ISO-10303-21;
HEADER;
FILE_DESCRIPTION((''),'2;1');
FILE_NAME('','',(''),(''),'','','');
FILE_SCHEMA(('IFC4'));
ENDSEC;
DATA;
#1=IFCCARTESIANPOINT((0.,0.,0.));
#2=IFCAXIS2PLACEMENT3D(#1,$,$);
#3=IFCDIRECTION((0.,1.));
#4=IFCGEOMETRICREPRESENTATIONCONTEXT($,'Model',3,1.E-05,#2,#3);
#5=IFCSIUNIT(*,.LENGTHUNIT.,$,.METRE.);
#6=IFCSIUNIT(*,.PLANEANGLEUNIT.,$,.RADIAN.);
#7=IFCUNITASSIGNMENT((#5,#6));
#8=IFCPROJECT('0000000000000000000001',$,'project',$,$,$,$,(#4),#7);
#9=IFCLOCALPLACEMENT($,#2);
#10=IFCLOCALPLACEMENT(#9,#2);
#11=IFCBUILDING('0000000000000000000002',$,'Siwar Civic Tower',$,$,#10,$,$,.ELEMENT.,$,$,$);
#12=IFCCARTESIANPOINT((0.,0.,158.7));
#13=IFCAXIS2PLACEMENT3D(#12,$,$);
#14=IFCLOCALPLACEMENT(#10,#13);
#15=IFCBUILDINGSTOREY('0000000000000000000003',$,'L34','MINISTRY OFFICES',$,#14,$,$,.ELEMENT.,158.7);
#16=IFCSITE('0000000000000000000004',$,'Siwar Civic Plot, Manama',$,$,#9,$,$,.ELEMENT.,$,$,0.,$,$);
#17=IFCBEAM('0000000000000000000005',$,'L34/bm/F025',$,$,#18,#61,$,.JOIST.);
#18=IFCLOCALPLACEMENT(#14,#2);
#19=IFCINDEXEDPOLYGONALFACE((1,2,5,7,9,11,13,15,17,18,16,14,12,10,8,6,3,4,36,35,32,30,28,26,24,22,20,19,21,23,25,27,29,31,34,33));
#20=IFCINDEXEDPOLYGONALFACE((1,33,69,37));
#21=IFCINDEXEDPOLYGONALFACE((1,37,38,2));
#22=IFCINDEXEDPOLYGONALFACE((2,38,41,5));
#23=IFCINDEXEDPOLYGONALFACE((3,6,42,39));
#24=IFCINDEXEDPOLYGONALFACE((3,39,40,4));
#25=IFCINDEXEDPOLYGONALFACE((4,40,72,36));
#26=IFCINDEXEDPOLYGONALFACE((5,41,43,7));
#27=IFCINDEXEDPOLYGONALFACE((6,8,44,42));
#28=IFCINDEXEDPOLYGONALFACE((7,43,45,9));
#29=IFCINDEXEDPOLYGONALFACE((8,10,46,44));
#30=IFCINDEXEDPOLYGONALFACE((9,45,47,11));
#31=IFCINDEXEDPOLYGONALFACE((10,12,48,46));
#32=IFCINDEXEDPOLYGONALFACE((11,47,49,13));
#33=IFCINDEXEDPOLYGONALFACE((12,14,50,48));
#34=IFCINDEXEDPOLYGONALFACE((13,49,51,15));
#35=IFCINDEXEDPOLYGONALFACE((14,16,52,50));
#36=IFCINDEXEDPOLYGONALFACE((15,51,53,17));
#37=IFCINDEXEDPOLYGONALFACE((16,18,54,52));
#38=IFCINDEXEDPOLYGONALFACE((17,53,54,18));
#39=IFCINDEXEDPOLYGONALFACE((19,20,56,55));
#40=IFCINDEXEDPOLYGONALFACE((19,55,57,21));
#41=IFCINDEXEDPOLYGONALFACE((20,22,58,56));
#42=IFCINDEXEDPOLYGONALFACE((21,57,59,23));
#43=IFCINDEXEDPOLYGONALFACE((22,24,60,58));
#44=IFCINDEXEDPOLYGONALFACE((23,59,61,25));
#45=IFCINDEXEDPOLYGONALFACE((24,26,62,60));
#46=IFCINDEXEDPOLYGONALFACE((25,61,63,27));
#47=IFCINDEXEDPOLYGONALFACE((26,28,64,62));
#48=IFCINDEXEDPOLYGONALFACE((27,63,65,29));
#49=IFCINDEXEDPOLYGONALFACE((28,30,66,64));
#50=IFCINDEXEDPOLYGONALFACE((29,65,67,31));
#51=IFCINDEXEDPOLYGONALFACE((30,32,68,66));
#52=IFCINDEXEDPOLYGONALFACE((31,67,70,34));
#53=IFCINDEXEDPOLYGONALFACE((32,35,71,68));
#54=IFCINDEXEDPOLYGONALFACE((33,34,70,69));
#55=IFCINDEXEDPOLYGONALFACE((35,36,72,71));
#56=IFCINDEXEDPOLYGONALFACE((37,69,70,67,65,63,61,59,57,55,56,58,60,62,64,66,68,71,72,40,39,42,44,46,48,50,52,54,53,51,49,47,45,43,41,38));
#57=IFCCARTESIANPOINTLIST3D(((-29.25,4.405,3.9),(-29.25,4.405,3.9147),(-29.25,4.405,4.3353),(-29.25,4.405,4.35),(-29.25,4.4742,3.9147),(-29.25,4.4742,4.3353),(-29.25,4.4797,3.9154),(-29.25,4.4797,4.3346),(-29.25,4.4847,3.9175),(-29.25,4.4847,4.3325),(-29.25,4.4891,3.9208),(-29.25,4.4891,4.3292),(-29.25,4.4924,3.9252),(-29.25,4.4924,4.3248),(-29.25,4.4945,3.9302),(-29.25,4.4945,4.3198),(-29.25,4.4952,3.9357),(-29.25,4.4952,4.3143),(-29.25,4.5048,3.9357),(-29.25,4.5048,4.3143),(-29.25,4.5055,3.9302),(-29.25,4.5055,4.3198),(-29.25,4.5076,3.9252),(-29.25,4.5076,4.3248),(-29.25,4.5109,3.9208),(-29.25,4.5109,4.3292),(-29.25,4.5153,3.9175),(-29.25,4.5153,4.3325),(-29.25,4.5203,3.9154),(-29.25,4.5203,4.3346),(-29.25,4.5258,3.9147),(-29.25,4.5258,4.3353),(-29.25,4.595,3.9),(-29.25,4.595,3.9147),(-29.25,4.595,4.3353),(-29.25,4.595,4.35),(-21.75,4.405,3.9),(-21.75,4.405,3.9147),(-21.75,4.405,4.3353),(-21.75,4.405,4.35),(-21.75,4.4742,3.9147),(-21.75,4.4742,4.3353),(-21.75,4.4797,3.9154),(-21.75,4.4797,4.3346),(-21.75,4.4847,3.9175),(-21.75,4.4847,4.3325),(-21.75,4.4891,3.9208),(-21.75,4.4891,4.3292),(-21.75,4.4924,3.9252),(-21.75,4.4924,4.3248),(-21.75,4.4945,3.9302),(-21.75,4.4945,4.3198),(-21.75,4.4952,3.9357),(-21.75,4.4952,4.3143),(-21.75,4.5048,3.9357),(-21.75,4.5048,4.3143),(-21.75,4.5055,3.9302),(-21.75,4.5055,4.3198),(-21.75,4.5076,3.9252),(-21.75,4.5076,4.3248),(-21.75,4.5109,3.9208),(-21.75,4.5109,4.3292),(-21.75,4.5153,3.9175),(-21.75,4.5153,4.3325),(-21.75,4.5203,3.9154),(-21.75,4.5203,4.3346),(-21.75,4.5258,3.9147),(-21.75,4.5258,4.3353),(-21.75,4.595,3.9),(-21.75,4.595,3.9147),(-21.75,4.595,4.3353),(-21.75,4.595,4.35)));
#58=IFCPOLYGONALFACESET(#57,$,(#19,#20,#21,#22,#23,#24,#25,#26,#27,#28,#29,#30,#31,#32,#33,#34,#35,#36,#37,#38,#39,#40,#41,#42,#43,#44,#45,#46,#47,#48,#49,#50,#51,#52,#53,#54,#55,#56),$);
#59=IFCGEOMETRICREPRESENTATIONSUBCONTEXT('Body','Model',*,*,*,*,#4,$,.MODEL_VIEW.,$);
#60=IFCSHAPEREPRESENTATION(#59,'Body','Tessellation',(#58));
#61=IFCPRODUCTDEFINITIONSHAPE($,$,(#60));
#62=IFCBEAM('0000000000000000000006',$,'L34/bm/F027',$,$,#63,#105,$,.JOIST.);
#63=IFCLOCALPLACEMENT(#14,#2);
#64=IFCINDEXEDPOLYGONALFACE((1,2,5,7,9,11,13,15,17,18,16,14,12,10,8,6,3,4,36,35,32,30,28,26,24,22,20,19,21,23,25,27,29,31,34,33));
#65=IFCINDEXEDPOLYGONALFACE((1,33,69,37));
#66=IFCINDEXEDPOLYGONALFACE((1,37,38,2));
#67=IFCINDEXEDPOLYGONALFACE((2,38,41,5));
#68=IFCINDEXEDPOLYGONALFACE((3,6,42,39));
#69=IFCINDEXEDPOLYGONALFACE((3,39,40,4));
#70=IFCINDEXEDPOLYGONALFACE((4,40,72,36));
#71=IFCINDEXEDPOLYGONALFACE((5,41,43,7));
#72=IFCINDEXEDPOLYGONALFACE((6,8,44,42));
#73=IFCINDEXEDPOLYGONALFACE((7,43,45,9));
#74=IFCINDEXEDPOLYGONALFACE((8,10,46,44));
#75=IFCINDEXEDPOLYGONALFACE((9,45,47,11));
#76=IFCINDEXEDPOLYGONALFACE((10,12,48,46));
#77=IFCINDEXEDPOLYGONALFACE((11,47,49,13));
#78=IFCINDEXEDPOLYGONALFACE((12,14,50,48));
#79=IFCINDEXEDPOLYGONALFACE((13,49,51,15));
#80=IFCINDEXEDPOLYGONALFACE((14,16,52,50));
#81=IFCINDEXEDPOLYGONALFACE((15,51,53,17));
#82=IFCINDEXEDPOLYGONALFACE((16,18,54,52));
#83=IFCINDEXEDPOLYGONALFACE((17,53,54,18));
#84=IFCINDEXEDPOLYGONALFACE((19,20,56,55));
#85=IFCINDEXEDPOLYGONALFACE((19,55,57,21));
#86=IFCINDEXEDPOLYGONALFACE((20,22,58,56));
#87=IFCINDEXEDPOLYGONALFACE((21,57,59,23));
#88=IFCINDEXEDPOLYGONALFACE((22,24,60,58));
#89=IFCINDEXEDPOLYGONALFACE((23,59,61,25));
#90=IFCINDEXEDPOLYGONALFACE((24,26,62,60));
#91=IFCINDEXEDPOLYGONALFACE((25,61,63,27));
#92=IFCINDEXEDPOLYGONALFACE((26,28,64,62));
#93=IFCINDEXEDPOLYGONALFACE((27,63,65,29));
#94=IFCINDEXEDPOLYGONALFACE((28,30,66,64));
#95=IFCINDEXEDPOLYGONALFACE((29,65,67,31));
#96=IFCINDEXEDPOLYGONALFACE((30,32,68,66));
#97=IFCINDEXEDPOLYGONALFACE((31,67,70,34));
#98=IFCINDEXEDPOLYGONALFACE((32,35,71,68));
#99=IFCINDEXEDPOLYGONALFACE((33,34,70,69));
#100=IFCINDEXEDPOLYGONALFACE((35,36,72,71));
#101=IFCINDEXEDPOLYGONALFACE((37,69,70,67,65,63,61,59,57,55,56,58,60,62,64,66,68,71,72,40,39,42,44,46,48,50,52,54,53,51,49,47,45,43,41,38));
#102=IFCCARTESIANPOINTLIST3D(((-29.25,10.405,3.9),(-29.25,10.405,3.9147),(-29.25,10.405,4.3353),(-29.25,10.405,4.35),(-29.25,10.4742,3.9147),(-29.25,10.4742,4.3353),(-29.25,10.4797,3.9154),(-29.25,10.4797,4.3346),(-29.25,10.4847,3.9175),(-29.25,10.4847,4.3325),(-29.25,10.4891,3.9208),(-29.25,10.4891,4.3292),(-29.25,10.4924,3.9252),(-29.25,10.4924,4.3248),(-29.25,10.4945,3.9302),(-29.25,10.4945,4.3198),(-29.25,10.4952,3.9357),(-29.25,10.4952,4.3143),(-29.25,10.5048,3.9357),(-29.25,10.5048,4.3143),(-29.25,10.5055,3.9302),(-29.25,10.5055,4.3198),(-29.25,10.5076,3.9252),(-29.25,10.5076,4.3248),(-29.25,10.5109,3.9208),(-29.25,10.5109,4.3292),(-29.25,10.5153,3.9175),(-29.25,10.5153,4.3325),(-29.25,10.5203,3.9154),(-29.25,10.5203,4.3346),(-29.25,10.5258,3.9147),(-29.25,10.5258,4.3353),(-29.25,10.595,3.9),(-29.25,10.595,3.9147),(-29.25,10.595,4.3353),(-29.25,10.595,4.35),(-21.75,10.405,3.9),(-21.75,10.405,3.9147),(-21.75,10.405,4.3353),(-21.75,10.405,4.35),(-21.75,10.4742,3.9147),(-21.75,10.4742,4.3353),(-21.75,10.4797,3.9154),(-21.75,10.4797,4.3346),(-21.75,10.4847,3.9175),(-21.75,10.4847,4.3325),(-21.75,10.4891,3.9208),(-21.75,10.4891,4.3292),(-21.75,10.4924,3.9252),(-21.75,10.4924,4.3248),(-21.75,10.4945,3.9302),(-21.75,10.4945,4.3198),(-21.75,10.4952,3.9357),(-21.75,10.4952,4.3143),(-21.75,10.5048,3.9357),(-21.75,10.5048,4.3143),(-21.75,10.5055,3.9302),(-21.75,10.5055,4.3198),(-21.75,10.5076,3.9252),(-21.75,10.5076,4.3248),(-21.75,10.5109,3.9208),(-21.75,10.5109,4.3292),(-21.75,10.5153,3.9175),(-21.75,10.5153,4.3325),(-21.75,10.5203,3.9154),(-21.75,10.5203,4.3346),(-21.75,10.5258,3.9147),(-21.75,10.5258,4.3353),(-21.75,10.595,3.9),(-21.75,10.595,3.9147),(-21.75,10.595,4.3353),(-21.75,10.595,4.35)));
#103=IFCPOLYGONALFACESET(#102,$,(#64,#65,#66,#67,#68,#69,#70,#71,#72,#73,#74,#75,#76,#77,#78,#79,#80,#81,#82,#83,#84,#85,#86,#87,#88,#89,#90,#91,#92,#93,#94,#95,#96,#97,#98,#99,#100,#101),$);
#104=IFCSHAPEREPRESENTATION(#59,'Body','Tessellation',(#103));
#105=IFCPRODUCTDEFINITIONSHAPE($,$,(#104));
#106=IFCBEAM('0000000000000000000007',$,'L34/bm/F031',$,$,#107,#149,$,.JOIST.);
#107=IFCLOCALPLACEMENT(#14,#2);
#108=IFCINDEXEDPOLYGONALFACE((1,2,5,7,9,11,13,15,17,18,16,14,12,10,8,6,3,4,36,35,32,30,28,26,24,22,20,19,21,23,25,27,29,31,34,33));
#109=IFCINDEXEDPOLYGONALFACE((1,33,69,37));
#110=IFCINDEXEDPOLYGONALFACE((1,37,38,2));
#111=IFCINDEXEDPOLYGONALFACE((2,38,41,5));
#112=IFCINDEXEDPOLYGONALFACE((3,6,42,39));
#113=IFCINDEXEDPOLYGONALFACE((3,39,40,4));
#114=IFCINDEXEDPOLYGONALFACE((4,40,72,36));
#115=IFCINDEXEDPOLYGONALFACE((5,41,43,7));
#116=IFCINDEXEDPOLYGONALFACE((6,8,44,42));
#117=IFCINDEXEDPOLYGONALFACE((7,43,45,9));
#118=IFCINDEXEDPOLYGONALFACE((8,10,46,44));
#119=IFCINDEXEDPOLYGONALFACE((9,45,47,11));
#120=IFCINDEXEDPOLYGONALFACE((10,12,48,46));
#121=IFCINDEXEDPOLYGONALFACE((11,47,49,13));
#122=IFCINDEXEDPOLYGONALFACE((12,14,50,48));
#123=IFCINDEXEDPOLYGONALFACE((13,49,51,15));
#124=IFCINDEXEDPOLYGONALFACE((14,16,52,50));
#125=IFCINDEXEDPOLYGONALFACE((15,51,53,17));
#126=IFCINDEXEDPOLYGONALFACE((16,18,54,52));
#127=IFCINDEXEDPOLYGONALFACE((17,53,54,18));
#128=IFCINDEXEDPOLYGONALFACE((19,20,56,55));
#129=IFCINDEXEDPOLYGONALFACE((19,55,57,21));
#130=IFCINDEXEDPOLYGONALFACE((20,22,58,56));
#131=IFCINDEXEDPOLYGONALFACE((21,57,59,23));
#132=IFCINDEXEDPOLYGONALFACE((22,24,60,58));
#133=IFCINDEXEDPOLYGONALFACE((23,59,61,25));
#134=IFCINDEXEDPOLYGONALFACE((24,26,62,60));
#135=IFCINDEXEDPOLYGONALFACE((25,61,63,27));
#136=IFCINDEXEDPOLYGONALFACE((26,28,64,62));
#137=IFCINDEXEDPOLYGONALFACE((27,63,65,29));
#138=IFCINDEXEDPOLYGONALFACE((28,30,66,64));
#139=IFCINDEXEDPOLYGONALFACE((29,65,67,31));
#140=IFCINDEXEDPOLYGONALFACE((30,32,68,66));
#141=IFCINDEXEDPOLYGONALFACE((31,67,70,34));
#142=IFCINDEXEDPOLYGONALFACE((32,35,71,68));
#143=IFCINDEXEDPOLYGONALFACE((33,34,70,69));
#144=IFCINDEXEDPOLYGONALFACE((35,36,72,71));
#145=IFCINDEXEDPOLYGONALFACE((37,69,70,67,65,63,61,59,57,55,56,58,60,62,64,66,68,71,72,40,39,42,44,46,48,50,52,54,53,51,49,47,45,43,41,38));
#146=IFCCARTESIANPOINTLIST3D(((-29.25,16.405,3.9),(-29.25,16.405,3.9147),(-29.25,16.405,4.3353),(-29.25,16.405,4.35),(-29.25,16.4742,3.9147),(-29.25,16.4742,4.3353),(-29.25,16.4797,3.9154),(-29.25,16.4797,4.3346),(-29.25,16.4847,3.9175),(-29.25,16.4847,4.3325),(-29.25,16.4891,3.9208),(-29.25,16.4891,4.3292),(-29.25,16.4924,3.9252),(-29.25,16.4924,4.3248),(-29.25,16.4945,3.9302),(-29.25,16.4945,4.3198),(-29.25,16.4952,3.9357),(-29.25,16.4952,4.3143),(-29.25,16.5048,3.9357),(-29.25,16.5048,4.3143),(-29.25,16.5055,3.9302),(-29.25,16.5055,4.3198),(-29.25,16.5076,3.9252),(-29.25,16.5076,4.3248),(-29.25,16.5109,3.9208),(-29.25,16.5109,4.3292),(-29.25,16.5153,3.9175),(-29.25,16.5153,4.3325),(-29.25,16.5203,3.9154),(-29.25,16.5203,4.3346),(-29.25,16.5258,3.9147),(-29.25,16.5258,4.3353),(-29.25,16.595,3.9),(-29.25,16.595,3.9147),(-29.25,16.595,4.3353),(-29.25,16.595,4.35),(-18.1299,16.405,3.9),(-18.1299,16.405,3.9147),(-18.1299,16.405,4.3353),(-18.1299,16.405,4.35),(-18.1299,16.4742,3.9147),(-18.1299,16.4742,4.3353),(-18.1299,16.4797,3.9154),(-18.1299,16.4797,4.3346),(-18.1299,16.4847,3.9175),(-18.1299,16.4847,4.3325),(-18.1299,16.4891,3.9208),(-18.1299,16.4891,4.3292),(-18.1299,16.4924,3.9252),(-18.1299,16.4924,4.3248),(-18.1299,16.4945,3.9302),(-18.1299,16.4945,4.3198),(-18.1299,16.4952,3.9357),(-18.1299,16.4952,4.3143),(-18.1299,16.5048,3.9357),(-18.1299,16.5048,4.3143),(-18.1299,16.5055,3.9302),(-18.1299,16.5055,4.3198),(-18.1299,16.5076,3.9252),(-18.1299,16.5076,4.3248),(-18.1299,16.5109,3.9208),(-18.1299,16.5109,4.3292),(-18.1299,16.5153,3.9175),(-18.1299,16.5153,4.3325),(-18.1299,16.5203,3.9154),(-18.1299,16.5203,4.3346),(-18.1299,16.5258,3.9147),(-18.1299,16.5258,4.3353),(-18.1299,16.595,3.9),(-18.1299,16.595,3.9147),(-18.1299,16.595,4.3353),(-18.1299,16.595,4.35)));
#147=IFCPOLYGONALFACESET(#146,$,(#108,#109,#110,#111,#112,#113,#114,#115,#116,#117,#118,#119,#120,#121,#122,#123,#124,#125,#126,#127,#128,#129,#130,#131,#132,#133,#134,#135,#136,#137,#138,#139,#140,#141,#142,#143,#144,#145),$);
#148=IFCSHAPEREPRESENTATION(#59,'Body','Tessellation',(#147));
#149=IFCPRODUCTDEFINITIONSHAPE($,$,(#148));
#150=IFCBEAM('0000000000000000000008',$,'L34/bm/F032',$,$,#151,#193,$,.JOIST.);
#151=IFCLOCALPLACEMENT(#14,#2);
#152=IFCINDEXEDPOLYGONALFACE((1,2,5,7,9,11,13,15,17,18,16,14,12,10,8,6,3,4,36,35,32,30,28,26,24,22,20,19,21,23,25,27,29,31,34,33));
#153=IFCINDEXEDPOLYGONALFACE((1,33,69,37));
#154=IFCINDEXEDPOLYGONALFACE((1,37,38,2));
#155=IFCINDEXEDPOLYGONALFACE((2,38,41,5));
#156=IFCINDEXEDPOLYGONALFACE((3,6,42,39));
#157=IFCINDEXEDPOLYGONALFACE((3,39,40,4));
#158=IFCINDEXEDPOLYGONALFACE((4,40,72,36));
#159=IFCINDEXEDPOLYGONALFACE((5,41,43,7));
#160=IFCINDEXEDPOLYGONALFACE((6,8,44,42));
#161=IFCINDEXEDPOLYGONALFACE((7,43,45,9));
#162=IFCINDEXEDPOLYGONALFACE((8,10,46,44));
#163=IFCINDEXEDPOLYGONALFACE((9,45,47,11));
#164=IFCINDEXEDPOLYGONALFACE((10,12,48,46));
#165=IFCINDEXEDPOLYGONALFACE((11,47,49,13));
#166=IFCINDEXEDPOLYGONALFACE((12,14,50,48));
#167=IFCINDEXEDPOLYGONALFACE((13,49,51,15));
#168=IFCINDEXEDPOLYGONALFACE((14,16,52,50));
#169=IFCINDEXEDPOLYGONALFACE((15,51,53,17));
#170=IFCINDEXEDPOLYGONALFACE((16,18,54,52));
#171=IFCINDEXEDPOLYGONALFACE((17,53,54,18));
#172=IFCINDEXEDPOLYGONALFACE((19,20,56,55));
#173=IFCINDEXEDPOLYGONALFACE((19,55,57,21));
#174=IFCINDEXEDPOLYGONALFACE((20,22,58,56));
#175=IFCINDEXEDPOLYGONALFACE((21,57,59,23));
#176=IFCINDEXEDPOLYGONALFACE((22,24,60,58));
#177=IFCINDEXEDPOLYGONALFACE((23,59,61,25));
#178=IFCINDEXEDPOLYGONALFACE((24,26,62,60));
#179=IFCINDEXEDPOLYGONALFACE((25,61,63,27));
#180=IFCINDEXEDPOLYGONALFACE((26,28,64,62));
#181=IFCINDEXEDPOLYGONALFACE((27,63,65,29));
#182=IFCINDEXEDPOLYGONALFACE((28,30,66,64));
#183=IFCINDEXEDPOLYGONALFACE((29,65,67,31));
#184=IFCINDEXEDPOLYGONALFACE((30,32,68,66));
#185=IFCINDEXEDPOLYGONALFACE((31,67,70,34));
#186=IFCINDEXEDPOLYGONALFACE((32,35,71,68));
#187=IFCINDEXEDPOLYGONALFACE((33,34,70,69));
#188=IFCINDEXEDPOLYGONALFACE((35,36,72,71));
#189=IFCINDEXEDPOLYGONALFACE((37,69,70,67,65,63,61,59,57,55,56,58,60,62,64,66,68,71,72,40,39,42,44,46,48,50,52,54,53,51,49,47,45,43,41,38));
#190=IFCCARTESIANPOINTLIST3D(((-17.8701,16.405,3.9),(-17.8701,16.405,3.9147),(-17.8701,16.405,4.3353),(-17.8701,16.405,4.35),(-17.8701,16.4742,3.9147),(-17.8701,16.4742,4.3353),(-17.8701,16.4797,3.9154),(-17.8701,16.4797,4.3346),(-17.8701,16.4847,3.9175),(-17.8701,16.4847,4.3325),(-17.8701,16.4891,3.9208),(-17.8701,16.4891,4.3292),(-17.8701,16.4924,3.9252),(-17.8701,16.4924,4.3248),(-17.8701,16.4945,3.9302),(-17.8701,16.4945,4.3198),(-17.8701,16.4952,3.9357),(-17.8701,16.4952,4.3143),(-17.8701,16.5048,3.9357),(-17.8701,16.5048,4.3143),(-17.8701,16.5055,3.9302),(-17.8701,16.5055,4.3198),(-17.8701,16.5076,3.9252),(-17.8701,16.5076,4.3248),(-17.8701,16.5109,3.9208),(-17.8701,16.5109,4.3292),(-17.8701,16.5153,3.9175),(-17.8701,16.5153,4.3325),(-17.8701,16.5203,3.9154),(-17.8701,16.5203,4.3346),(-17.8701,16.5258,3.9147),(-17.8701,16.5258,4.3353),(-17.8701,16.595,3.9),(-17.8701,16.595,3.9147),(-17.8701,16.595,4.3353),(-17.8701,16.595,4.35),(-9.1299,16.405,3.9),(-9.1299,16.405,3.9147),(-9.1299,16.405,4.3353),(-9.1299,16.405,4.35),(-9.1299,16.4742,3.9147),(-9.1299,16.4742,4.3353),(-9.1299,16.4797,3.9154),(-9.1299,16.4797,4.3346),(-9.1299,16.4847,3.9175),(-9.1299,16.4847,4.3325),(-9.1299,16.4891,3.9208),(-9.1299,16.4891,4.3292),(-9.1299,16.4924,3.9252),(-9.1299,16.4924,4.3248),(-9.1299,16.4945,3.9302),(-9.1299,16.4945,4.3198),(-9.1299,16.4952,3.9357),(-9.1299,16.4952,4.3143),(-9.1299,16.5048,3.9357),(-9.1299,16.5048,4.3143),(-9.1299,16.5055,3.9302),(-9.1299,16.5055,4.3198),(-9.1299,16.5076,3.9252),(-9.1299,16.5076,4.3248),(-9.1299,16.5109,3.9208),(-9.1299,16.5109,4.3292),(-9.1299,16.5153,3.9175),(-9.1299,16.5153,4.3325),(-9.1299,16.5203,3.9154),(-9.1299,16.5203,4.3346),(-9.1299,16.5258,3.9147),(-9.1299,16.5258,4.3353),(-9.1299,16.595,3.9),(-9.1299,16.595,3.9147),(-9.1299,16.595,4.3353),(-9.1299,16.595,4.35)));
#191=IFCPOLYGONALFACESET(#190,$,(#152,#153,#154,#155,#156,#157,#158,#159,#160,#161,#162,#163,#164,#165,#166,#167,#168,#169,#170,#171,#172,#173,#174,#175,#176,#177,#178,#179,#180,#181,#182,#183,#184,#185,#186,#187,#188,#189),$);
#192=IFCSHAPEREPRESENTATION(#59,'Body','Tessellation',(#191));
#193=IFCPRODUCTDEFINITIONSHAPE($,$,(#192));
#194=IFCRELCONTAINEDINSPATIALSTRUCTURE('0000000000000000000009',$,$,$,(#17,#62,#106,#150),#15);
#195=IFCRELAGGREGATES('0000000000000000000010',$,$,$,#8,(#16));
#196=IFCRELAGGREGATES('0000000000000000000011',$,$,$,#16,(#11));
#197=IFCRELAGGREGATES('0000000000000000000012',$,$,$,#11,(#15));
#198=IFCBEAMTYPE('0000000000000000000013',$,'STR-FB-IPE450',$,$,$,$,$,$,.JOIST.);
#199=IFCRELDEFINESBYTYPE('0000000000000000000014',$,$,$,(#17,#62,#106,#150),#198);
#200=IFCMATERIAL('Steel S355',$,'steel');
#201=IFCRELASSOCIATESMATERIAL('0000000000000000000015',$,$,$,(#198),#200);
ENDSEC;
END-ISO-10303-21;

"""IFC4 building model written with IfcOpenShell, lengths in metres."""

from ifc_helpers import new_model, si_unit, direction, frame, origin, origin_2d, place, context, subcontext, project, spatial, i_section, extrude, material, material_profile, profile_set, type_object, element, save


model = new_model("IFC4")

# Units and contexts
model_context = context("Model", 3, precision=1e-05, world=origin(), true_north=direction((0.0, 1.0)))
body_context = subcontext(model_context, "Body", "Model", "MODEL_VIEW")
ifc_project = project(units=[si_unit("LENGTHUNIT", "METRE"), si_unit("PLANEANGLEUNIT", "RADIAN")], contexts=[model_context])

# Site, building, storey
site_placement = place(None, origin())
site = spatial("IfcSite", under=ifc_project, at=site_placement, Name="Siwar Civic Plot, Manama", CompositionType="ELEMENT", RefElevation=0.0)
building_placement = place(site_placement, origin())
building = spatial("IfcBuilding", under=site, at=building_placement, Name="Siwar Civic Tower", CompositionType="ELEMENT")
storey_placement = place(building_placement, frame((0.0, 0.0, 158.7)))
storey = spatial("IfcBuildingStorey", under=building, at=storey_placement, Name="L34", Description="MINISTRY OFFICES", CompositionType="ELEMENT", Elevation=158.7)

# Beams
ifc_material_1 = material(Name="Steel S355", Category="steel")
ifc_material_profile_1 = material_profile(ifc_material_1, i_section(OverallWidth=0.1899, OverallDepth=0.45, WebThickness=0.0095, FlangeThickness=0.0146, FilletRadius=0.021, at=origin_2d()), Name="IPE450")
ifc_profile_set_1 = profile_set([ifc_material_profile_1], Name="Steel S355")
beam_type_1 = type_object("IfcBeamType", Name="STR-FB-IPE450", PredefinedType="JOIST", material=ifc_profile_set_1)
for number, where, z_axis, x_axis, name in (
    (1, (-29.25, 4.5, 4.125), (1.0, 0.0, 0.0), (0.0, 1.0, 0.0), "L34/bm/F025"),
    (2, (-29.25, 10.5, 4.125), (1.0, 0.0, 0.0), (0.0, 1.0, 0.0), "L34/bm/F027"),
):
    element("IfcBeam", number, at=place(storey_placement, frame(where, z_axis=z_axis, x_axis=x_axis)), inside=storey, type_object=beam_type_1, Name=name, PredefinedType="JOIST", context=body_context, shape_type="SweptSolid", body=[
        extrude(i_section(OverallWidth=0.1899, OverallDepth=0.45, WebThickness=0.0095, FlangeThickness=0.0146, FilletRadius=0.021, at=origin_2d()), origin(), (0.0, 0.0, 1.0), 7.5),
    ])
beam_1_placement = place(storey_placement, frame((-29.25, 16.5, 4.125), z_axis=(1.0, 0.0, 0.0), x_axis=(0.0, 1.0, 0.0)))
element("IfcBeam", 3, at=beam_1_placement, inside=storey, type_object=beam_type_1, Name="L34/bm/F031", PredefinedType="JOIST", context=body_context, shape_type="SweptSolid", body=[
    extrude(i_section(OverallWidth=0.1899, OverallDepth=0.45, WebThickness=0.0095, FlangeThickness=0.0146, FilletRadius=0.021, at=origin_2d()), origin(), (0.0, 0.0, 1.0), 11.1201),
])
beam_2_placement = place(storey_placement, frame((-17.8701, 16.5, 4.125), z_axis=(1.0, 0.0, 0.0), x_axis=(0.0, 1.0, 0.0)))
element("IfcBeam", 4, at=beam_2_placement, inside=storey, type_object=beam_type_1, Name="L34/bm/F032", PredefinedType="JOIST", context=body_context, shape_type="SweptSolid", body=[
    extrude(i_section(OverallWidth=0.1899, OverallDepth=0.45, WebThickness=0.0095, FlangeThickness=0.0146, FilletRadius=0.021, at=origin_2d()), origin(), (0.0, 0.0, 1.0), 8.7402),
])

save(model, "model.ifc")
